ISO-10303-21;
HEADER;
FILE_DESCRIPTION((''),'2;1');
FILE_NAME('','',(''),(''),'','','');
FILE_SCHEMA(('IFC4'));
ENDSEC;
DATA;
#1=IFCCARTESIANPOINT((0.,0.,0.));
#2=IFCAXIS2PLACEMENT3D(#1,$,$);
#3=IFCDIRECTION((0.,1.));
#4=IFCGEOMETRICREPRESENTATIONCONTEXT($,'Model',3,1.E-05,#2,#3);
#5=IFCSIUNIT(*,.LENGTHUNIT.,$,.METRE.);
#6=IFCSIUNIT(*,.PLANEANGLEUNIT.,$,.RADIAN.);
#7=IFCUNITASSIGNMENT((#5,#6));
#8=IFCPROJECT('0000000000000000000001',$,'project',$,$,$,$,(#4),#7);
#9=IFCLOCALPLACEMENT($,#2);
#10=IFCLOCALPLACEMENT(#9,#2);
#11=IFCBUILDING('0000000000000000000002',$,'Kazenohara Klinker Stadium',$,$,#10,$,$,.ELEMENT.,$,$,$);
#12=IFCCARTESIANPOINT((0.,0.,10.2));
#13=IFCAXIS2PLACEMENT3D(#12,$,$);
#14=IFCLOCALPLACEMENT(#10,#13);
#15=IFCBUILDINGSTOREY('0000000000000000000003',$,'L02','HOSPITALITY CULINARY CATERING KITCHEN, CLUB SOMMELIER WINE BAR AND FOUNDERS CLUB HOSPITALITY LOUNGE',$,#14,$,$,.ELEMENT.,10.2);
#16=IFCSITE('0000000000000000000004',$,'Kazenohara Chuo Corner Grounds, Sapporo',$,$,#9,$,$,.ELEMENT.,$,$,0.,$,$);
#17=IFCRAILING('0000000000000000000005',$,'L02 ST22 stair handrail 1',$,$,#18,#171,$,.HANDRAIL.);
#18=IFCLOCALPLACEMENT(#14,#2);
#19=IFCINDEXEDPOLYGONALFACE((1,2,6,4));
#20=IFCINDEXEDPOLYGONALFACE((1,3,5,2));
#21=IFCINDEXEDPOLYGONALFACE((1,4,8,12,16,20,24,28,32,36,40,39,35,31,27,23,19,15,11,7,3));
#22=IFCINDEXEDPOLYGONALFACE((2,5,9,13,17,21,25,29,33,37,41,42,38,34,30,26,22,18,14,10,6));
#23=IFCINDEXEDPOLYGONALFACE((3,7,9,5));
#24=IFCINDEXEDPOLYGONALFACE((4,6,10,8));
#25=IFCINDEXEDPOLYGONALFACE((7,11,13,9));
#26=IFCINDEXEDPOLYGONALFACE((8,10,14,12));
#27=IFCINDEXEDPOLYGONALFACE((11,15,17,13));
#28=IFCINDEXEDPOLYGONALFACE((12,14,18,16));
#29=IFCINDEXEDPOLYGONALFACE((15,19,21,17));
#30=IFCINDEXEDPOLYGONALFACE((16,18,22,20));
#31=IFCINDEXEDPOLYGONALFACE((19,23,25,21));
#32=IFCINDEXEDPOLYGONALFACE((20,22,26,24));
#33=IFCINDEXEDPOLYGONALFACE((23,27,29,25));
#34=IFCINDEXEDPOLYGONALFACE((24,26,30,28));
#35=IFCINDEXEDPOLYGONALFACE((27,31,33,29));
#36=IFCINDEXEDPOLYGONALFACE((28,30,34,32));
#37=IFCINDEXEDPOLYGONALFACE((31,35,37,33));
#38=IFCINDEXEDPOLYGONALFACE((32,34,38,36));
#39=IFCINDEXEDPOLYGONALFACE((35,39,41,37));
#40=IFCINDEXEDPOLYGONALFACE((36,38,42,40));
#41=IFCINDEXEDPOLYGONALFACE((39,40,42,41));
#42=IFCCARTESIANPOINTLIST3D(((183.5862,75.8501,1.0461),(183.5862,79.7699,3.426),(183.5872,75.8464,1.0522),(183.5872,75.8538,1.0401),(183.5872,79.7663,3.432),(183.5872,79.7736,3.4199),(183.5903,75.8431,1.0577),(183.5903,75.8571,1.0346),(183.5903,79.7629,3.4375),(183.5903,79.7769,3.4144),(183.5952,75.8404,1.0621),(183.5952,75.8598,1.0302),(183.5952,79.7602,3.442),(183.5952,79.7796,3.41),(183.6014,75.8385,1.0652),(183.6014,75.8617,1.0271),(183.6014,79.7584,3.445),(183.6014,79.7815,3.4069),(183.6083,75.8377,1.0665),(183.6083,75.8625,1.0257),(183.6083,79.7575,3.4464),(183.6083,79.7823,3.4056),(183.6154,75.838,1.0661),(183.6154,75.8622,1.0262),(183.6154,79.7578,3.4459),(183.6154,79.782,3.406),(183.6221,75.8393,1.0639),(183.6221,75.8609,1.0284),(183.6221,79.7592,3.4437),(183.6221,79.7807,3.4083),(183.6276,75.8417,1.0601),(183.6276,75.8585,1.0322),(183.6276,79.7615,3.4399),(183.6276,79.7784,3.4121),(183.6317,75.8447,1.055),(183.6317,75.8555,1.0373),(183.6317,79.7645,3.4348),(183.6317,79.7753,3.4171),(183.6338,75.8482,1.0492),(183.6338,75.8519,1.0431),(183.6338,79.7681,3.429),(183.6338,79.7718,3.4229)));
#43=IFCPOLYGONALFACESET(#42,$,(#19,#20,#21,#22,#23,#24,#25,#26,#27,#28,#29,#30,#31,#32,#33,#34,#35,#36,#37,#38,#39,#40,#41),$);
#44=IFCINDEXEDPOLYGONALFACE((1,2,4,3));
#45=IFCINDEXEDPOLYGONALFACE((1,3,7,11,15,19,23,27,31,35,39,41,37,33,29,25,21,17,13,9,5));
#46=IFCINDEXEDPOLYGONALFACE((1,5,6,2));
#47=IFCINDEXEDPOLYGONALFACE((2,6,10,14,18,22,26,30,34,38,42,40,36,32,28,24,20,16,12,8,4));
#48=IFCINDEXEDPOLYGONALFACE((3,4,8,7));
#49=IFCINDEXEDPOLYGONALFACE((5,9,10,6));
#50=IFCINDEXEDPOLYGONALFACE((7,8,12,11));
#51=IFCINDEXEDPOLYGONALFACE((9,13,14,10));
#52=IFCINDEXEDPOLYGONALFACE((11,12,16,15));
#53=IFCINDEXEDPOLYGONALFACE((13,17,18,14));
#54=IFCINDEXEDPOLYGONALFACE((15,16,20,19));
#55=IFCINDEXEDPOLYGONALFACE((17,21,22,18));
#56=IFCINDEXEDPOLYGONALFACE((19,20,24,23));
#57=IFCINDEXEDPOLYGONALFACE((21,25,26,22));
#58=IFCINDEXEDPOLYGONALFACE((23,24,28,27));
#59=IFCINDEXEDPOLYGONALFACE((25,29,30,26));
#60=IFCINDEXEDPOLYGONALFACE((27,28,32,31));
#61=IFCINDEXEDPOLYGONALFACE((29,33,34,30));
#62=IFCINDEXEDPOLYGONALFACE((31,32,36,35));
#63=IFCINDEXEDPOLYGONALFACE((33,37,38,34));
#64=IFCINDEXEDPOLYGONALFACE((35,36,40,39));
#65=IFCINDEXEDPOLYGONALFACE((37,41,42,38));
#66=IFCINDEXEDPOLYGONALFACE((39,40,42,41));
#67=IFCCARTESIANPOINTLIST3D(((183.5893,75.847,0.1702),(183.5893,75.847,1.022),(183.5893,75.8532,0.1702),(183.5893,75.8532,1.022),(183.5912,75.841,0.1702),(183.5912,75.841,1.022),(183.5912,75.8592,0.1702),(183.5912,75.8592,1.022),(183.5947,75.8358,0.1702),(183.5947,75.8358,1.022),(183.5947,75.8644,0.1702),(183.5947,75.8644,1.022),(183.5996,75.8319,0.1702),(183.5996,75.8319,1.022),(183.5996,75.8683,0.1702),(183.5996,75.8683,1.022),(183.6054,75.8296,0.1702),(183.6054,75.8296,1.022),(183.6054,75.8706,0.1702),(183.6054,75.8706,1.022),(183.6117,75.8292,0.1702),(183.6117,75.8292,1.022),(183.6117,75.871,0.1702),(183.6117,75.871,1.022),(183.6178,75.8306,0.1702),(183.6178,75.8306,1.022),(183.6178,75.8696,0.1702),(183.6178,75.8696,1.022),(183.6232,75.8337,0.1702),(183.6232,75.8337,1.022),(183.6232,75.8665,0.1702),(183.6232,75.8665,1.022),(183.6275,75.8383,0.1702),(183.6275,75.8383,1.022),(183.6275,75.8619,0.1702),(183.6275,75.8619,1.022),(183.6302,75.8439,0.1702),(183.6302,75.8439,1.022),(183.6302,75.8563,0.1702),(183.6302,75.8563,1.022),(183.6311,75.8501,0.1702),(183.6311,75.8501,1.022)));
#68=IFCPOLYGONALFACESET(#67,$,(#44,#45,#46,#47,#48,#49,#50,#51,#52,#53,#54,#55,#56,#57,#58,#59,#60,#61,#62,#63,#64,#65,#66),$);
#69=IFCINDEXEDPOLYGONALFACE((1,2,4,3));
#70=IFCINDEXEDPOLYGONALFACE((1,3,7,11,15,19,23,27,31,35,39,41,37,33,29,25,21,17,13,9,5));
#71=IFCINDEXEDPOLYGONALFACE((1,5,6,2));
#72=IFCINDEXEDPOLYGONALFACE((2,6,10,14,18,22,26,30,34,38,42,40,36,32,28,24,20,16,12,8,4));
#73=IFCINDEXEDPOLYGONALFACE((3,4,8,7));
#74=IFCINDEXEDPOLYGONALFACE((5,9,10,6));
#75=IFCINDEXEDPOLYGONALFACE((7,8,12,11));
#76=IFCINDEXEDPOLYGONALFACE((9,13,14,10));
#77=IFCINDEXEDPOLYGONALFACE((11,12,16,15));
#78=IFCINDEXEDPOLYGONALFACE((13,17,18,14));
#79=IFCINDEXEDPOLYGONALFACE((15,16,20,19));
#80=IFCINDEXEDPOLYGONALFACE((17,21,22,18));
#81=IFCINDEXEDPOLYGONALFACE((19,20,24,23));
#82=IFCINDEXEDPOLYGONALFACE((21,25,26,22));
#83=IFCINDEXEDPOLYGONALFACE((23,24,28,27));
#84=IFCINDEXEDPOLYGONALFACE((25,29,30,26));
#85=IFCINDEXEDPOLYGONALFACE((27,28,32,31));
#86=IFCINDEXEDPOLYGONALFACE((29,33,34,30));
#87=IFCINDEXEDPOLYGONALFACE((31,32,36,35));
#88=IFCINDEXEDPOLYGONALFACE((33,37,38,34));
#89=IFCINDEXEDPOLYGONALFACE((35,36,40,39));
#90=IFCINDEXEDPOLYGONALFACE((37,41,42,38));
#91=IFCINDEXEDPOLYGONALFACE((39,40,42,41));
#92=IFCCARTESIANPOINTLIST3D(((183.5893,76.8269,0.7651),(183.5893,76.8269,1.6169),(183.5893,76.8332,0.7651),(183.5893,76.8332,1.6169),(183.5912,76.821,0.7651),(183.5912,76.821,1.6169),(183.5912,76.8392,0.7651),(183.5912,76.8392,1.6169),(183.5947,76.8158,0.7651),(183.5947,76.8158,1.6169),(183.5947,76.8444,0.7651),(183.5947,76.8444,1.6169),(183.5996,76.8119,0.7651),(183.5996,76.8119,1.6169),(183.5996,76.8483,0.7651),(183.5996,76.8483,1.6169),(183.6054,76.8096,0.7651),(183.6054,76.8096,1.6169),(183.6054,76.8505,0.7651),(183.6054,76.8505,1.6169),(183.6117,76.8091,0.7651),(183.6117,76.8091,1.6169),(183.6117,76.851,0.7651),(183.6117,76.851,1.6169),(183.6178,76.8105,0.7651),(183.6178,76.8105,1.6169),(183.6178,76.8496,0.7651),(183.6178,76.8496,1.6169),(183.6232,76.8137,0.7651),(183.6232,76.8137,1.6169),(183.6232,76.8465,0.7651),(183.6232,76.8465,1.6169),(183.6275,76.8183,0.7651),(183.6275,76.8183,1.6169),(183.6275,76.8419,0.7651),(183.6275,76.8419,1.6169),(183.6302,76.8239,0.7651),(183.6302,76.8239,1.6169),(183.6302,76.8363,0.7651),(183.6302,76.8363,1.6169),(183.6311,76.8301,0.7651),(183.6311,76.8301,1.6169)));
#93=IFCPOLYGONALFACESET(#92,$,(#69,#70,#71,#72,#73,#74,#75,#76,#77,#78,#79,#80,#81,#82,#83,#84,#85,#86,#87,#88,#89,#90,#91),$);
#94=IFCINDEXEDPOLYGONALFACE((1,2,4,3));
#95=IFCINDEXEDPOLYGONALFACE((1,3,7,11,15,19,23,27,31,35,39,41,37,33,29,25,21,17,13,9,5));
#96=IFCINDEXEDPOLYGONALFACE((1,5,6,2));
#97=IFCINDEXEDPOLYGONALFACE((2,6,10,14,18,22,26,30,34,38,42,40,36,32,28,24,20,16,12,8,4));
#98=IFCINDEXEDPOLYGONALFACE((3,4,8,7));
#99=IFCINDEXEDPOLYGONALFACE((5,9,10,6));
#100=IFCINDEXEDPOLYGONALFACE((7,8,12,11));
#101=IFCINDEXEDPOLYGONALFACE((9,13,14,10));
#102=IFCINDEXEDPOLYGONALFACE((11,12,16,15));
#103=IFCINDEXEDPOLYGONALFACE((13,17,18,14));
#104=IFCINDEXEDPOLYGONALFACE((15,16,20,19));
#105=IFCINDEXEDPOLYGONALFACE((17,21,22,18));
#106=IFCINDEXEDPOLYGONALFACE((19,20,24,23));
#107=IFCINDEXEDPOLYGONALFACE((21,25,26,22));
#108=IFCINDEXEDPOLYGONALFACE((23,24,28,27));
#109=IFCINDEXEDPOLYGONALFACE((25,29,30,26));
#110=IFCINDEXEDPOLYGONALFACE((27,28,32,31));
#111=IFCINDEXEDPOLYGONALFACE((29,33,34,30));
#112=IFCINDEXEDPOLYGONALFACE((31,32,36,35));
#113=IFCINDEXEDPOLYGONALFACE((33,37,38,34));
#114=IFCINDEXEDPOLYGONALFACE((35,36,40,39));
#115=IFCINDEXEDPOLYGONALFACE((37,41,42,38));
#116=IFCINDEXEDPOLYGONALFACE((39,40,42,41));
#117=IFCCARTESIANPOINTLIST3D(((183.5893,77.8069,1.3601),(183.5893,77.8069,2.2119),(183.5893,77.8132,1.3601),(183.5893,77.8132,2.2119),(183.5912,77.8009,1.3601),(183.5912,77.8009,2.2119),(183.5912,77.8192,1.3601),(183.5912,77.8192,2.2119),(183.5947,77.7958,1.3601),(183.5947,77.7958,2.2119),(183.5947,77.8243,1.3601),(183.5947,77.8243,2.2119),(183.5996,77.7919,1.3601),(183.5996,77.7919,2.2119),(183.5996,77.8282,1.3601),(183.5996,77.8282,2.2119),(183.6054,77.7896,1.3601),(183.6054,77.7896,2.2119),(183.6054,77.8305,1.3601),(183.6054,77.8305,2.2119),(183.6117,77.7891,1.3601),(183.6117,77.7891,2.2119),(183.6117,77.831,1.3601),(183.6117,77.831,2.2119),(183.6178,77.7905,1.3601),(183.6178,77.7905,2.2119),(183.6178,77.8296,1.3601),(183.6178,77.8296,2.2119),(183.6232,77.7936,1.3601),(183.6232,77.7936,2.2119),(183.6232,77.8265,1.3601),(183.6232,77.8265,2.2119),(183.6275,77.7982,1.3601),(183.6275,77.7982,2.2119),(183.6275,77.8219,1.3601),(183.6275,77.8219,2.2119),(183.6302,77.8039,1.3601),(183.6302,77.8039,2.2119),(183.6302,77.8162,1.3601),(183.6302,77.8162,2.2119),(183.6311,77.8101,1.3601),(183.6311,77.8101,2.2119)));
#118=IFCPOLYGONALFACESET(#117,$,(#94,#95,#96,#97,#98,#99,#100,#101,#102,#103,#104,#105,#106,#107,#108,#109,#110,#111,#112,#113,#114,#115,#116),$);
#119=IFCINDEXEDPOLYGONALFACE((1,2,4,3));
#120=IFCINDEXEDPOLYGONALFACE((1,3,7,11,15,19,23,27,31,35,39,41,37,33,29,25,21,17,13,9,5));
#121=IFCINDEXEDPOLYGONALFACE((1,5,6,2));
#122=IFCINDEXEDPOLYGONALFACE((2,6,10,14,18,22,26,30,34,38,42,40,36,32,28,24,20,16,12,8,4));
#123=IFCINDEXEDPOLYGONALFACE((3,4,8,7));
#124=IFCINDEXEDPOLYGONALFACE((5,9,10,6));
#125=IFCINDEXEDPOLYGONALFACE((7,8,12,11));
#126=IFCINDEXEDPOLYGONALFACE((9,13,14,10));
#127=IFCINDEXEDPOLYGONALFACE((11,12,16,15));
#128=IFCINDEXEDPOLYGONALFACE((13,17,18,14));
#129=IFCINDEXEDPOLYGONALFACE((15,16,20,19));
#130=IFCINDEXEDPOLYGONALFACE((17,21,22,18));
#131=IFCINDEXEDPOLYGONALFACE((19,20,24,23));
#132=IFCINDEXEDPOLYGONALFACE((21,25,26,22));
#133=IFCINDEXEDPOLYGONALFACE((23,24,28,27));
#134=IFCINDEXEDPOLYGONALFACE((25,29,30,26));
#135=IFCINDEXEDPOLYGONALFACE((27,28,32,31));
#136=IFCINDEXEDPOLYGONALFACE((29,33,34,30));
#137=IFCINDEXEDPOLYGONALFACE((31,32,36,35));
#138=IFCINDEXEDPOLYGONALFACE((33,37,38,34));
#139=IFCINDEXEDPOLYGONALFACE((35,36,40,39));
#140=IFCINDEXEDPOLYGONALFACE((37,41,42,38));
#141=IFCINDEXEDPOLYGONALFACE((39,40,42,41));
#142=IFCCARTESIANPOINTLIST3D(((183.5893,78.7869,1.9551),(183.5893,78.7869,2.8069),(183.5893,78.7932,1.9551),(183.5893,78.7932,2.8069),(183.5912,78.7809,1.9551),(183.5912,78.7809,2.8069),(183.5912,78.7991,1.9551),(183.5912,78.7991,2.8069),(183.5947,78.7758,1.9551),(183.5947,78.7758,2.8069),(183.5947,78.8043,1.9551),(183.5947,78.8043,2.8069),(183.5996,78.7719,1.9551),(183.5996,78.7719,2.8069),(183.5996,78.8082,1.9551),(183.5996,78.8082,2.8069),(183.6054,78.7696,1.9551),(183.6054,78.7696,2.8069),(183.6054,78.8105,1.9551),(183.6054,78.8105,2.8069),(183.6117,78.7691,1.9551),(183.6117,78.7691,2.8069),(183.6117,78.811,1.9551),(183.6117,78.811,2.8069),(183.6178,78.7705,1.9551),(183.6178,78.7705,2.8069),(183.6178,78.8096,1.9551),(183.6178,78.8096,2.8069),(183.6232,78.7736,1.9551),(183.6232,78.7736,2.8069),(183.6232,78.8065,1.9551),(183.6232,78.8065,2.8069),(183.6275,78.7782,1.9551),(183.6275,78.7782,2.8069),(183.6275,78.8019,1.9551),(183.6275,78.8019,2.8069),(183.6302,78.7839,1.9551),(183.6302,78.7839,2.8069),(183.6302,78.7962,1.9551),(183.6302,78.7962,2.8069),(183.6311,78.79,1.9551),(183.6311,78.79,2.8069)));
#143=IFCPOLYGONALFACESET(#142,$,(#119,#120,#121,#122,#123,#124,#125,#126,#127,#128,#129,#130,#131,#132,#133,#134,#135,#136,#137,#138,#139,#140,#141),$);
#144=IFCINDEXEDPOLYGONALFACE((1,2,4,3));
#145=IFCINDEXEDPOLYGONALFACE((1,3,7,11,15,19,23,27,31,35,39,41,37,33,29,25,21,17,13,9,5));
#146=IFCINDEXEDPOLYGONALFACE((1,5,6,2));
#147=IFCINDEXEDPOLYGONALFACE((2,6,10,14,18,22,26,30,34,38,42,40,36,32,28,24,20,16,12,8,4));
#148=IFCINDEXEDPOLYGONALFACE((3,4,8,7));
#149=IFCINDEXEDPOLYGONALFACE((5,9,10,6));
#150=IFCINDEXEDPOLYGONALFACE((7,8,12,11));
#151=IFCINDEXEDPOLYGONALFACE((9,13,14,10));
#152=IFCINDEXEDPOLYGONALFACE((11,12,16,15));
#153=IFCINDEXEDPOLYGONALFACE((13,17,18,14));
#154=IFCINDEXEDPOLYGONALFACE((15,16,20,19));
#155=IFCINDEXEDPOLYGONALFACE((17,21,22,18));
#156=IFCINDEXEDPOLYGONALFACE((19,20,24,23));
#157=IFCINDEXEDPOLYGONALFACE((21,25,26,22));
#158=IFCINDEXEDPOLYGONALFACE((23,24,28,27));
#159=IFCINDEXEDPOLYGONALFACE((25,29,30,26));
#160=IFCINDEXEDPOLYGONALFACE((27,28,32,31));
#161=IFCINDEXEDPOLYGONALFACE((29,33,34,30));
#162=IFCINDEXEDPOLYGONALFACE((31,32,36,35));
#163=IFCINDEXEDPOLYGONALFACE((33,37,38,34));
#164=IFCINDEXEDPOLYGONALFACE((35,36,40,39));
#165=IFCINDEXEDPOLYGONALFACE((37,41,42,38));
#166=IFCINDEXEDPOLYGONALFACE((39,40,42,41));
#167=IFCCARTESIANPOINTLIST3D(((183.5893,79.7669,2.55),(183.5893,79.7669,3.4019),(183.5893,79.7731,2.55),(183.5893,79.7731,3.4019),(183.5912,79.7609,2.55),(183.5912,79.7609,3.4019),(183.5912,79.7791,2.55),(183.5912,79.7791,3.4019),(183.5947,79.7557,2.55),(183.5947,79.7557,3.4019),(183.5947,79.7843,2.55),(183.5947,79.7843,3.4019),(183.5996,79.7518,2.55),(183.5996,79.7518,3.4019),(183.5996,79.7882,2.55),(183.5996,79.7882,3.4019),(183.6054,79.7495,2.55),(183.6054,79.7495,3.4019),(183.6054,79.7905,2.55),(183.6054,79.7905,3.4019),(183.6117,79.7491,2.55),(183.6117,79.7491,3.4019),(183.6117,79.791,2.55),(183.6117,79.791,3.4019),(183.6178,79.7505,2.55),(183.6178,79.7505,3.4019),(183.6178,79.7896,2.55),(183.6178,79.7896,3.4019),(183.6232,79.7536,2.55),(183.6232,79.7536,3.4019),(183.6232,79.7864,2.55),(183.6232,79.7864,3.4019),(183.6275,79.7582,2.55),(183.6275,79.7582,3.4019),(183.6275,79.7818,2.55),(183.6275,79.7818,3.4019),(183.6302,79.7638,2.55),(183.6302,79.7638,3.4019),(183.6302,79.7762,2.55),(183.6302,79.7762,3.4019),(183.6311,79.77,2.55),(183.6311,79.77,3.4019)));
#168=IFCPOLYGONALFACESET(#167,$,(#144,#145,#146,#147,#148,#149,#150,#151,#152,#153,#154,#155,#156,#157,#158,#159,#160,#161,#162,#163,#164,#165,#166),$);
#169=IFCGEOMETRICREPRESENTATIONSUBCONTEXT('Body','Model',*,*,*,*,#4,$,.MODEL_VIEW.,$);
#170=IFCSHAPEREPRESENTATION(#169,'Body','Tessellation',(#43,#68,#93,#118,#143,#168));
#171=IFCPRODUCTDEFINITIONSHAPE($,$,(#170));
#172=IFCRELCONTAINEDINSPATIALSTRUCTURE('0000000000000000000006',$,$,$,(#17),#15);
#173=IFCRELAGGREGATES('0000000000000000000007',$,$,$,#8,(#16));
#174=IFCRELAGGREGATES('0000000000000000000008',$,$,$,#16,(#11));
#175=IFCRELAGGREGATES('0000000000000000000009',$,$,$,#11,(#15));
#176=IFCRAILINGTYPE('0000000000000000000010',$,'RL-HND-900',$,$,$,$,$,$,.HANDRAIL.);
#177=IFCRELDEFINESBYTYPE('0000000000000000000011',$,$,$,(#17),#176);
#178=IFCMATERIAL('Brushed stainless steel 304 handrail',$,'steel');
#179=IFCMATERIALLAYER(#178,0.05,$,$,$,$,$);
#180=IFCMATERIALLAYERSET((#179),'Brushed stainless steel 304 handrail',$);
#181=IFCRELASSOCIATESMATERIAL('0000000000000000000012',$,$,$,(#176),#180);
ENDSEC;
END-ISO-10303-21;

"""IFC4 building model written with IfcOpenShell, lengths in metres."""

from ifc_helpers import new_model, si_unit, direction, frame, origin, origin_2d, place, context, subcontext, project, spatial, circle, extrude, material, layer, layer_set, type_object, element, save


model = new_model("IFC4")

# Units and contexts
model_context = context("Model", 3, precision=1e-05, world=origin(), true_north=direction((0.0, 1.0)))
body_context = subcontext(model_context, "Body", "Model", "MODEL_VIEW")
ifc_project = project(units=[si_unit("LENGTHUNIT", "METRE"), si_unit("PLANEANGLEUNIT", "RADIAN")], contexts=[model_context])

# Site, building, storey
site_placement = place(None, origin())
site = spatial("IfcSite", under=ifc_project, at=site_placement, Name="Kazenohara Chuo Corner Grounds, Sapporo", CompositionType="ELEMENT", RefElevation=0.0)
building_placement = place(site_placement, origin())
building = spatial("IfcBuilding", under=site, at=building_placement, Name="Kazenohara Klinker Stadium", CompositionType="ELEMENT")
storey_placement = place(building_placement, frame((0.0, 0.0, 10.2)))
storey = spatial("IfcBuildingStorey", under=building, at=storey_placement, Name="L02", Description="HOSPITALITY CULINARY CATERING KITCHEN, CLUB SOMMELIER WINE BAR AND FOUNDERS CLUB HOSPITALITY LOUNGE", CompositionType="ELEMENT", Elevation=10.2)

# Railing
ifc_material_1 = material(Name="Brushed stainless steel 304 handrail", Category="steel")
ifc_layer_1 = layer(ifc_material_1, 0.05)
ifc_layer_set_1 = layer_set([ifc_layer_1], Name="Brushed stainless steel 304 handrail")
railing_type_1 = type_object("IfcRailingType", Name="RL-HND-900", PredefinedType="HANDRAIL", material=ifc_layer_set_1)
railing_1_placement = place(storey_placement, frame((183.6101, 75.8501, 0.1702)))
element("IfcRailing", 1, at=railing_1_placement, inside=storey, type_object=railing_type_1, Name="L02 ST22 stair handrail 1", PredefinedType="HANDRAIL", context=body_context, shape_type="SweptSolid", body=[
    extrude(circle(Radius=0.0239, at=origin_2d()), frame((0.0, 0.0, 0.876), z_axis=(0.0, 0.854794, 0.518967), x_axis=(-1.0, 0.0, 0.0)), (0.0, 0.0, 1.0), 4.5857),
    extrude(circle(Radius=0.021, at=origin_2d()), origin(), (0.0, 0.0, 1.0), 0.8518),
    extrude(circle(Radius=0.021, at=origin_2d()), frame((0.0, 0.98, 0.595)), (0.0, 0.0, 1.0), 0.8518),
    extrude(circle(Radius=0.021, at=origin_2d()), frame((0.0, 1.96, 1.1899)), (0.0, 0.0, 1.0), 0.8518),
    extrude(circle(Radius=0.021, at=origin_2d()), frame((0.0, 2.9399, 1.7849)), (0.0, 0.0, 1.0), 0.8518),
    extrude(circle(Radius=0.021, at=origin_2d()), frame((0.0, 3.9199, 2.3799)), (0.0, 0.0, 1.0), 0.8518),
])

save(model, "model.ifc")
